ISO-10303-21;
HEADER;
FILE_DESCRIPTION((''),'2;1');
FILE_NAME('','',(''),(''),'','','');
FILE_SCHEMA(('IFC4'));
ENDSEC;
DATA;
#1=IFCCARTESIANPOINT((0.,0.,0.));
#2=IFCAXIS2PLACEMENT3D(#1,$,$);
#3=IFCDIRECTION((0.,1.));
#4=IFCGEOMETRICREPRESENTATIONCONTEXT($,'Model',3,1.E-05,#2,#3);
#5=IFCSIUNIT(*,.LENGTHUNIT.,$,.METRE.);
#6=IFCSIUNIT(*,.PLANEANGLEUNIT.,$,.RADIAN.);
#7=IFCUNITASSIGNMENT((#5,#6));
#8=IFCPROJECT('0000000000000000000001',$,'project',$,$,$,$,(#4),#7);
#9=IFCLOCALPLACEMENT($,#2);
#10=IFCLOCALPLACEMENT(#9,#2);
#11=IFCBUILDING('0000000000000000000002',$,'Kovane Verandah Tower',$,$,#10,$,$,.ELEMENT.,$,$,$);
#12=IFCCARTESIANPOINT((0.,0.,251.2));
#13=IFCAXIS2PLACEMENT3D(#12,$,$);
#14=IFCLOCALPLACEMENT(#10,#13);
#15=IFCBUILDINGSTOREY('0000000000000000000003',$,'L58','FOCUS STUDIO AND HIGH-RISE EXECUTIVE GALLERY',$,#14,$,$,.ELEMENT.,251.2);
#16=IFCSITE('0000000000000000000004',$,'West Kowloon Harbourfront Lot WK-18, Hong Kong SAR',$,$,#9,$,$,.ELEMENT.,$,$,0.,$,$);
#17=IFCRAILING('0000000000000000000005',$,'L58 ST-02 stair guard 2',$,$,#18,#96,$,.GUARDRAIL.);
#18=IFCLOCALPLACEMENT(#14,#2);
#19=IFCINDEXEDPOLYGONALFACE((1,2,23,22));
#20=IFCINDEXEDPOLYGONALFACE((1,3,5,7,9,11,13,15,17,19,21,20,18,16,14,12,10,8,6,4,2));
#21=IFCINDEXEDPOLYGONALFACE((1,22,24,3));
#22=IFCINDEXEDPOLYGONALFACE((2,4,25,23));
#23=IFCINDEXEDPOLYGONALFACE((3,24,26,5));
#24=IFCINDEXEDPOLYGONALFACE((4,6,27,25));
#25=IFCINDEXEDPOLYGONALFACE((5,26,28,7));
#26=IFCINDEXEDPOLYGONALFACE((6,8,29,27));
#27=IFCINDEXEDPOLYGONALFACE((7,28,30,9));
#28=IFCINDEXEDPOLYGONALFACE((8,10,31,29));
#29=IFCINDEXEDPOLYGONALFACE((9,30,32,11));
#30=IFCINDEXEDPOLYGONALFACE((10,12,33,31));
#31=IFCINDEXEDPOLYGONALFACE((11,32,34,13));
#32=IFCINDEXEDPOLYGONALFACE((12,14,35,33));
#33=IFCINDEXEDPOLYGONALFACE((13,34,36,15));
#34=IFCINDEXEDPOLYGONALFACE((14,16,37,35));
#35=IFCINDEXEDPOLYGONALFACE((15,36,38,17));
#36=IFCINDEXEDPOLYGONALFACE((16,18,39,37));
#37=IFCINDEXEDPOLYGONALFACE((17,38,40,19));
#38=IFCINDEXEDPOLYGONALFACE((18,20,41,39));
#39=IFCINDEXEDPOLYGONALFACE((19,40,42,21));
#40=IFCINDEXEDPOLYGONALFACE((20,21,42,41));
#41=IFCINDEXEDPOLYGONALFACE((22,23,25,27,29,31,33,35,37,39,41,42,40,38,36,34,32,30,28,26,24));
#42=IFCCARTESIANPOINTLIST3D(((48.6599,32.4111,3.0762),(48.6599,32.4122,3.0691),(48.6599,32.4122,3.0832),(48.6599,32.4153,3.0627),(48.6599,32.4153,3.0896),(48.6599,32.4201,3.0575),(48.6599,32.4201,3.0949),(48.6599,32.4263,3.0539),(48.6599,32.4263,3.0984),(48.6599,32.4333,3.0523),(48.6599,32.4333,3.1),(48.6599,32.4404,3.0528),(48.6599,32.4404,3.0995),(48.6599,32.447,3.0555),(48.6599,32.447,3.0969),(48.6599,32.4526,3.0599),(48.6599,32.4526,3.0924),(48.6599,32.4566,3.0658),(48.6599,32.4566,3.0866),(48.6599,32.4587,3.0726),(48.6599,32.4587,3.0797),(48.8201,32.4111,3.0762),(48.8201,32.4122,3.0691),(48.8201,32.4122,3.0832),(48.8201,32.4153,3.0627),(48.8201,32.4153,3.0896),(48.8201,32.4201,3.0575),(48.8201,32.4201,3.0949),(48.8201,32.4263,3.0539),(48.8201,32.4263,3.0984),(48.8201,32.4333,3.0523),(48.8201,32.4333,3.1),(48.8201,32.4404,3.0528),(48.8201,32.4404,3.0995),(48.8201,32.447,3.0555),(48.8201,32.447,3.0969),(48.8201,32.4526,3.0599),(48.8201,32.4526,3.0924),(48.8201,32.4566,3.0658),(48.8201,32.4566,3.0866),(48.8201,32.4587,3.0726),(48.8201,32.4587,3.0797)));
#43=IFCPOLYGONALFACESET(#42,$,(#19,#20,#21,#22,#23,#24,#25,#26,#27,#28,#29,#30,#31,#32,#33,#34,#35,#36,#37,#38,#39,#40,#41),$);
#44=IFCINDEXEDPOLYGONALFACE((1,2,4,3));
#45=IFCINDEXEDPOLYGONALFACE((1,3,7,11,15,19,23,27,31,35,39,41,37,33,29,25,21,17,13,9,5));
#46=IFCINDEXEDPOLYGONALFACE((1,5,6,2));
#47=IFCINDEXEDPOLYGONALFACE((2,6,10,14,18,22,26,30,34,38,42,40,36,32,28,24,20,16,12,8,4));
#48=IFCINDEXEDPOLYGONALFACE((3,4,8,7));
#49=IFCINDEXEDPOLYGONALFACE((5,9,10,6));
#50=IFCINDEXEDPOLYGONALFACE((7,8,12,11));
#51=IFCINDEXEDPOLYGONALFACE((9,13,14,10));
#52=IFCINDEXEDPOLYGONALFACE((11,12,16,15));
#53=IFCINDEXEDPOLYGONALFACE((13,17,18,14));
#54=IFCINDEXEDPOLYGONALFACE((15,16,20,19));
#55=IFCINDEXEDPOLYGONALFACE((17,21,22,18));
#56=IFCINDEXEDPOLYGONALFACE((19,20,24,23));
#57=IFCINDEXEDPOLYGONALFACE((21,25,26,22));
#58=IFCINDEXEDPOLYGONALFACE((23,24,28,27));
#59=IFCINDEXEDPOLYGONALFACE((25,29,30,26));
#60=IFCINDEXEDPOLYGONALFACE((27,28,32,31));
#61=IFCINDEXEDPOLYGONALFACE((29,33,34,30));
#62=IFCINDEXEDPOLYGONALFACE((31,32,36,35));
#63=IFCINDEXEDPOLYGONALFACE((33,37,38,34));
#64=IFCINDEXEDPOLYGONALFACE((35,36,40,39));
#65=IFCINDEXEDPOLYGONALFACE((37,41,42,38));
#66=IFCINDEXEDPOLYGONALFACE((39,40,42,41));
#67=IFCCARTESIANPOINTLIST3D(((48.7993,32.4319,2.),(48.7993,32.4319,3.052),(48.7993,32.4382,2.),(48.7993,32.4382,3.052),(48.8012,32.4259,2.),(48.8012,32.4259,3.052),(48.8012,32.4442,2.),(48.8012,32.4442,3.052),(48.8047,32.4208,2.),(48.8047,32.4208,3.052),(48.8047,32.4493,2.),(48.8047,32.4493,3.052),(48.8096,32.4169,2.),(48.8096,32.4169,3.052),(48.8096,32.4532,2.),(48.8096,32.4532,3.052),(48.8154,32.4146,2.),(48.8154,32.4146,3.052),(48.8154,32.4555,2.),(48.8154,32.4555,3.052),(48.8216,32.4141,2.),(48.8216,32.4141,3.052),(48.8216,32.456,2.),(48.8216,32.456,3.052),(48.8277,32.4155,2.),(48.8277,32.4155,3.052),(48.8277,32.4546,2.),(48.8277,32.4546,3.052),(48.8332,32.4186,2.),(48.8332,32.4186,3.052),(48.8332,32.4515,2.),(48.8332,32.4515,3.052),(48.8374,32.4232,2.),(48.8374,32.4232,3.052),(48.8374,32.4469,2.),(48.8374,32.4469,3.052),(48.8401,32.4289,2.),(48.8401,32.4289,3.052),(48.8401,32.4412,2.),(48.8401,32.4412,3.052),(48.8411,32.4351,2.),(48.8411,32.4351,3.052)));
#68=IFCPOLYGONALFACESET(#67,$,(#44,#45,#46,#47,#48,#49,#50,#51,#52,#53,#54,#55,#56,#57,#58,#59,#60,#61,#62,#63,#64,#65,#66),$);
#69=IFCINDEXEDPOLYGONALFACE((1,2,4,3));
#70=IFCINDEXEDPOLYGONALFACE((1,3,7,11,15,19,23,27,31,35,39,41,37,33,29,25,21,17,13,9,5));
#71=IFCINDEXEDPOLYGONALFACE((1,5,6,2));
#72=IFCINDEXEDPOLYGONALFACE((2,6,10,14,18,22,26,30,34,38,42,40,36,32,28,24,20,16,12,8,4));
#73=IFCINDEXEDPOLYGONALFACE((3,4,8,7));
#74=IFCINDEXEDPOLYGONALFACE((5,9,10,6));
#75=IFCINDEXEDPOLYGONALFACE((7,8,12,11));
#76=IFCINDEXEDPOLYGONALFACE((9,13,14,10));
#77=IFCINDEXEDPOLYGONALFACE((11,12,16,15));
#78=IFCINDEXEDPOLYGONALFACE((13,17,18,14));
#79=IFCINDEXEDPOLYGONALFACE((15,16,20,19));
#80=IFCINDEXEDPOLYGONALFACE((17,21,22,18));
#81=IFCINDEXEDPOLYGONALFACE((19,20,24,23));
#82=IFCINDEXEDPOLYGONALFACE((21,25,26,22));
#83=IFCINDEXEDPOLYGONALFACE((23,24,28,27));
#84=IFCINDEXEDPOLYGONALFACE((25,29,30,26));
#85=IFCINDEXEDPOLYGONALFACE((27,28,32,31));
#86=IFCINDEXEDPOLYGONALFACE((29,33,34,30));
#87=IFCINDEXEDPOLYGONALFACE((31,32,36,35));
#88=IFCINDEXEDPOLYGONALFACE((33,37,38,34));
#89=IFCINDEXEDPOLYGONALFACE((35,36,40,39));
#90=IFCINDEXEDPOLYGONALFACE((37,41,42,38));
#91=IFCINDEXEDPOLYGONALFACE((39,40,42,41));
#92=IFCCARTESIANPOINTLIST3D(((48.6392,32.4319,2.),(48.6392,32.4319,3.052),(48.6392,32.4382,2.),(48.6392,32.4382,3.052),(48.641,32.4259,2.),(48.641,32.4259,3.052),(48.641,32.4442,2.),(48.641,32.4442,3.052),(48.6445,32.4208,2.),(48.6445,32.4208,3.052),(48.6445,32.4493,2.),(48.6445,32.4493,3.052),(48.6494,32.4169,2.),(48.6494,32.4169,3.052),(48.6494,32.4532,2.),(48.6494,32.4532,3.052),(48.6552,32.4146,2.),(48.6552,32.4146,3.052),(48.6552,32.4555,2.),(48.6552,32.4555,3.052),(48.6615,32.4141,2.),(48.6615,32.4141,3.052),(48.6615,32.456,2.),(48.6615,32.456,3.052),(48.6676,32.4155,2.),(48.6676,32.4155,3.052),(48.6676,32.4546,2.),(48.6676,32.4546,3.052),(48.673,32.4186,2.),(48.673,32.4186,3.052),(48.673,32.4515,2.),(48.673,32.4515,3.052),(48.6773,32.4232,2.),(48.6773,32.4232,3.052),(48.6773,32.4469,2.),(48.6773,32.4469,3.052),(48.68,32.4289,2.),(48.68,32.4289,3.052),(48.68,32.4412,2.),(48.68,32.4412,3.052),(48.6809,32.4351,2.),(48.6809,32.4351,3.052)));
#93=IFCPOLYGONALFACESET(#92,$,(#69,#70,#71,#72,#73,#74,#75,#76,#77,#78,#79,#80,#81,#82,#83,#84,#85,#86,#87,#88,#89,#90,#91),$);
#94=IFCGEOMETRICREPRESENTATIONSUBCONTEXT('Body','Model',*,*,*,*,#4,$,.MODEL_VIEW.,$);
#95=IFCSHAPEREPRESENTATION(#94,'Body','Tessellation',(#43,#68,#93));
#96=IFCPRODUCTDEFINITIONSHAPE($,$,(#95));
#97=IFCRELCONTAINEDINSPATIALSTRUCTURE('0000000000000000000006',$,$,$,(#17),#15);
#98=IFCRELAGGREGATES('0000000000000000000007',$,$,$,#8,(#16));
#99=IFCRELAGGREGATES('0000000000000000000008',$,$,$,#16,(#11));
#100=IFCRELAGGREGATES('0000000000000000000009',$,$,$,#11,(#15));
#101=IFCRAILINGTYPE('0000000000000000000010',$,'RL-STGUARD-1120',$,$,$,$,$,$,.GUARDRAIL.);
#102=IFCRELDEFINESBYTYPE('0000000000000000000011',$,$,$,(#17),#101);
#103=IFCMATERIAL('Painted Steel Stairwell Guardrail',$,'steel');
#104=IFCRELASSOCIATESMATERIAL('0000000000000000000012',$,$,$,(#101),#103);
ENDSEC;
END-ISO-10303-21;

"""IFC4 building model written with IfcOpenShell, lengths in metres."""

from ifc_helpers import new_model, si_unit, direction, frame, origin, origin_2d, place, context, subcontext, project, spatial, circle, extrude, material, type_object, element, save


model = new_model("IFC4")

# Units and contexts
model_context = context("Model", 3, precision=1e-05, world=origin(), true_north=direction((0.0, 1.0)))
body_context = subcontext(model_context, "Body", "Model", "MODEL_VIEW")
ifc_project = project(units=[si_unit("LENGTHUNIT", "METRE"), si_unit("PLANEANGLEUNIT", "RADIAN")], contexts=[model_context])

# Site, building, storey
site_placement = place(None, origin())
site = spatial("IfcSite", under=ifc_project, at=site_placement, Name="West Kowloon Harbourfront Lot WK-18, Hong Kong SAR", CompositionType="ELEMENT", RefElevation=0.0)
building_placement = place(site_placement, origin())
building = spatial("IfcBuilding", under=site, at=building_placement, Name="Kovane Verandah Tower", CompositionType="ELEMENT")
storey_placement = place(building_placement, frame((0.0, 0.0, 251.2)))
storey = spatial("IfcBuildingStorey", under=building, at=storey_placement, Name="L58", Description="FOCUS STUDIO AND HIGH-RISE EXECUTIVE GALLERY", CompositionType="ELEMENT", Elevation=251.2)

# Railing
ifc_material_1 = material(Name="Painted Steel Stairwell Guardrail", Category="steel")
railing_type_1 = type_object("IfcRailingType", Name="RL-STGUARD-1120", PredefinedType="GUARDRAIL", material=ifc_material_1)
railing_1_placement = place(storey_placement, frame((48.8201, 32.4351, 2.0)))
element("IfcRailing", 1, at=railing_1_placement, inside=storey, type_object=railing_type_1, Name="L58 ST-02 stair guard 2", PredefinedType="GUARDRAIL", context=body_context, shape_type="SweptSolid", body=[
    extrude(circle(Radius=0.0239, at=origin_2d()), frame((0.0, 0.0, 1.0762), z_axis=(-1.0, 0.0, 0.0), x_axis=(0.0, -1.0, 0.0)), (0.0, 0.0, 1.0), 0.1602),
    extrude(circle(Radius=0.021, at=origin_2d()), origin(), (0.0, 0.0, 1.0), 1.052),
    extrude(circle(Radius=0.021, at=origin_2d()), frame((-0.1602, 0.0, 0.0)), (0.0, 0.0, 1.0), 1.052),
])

save(model, "model.ifc")
